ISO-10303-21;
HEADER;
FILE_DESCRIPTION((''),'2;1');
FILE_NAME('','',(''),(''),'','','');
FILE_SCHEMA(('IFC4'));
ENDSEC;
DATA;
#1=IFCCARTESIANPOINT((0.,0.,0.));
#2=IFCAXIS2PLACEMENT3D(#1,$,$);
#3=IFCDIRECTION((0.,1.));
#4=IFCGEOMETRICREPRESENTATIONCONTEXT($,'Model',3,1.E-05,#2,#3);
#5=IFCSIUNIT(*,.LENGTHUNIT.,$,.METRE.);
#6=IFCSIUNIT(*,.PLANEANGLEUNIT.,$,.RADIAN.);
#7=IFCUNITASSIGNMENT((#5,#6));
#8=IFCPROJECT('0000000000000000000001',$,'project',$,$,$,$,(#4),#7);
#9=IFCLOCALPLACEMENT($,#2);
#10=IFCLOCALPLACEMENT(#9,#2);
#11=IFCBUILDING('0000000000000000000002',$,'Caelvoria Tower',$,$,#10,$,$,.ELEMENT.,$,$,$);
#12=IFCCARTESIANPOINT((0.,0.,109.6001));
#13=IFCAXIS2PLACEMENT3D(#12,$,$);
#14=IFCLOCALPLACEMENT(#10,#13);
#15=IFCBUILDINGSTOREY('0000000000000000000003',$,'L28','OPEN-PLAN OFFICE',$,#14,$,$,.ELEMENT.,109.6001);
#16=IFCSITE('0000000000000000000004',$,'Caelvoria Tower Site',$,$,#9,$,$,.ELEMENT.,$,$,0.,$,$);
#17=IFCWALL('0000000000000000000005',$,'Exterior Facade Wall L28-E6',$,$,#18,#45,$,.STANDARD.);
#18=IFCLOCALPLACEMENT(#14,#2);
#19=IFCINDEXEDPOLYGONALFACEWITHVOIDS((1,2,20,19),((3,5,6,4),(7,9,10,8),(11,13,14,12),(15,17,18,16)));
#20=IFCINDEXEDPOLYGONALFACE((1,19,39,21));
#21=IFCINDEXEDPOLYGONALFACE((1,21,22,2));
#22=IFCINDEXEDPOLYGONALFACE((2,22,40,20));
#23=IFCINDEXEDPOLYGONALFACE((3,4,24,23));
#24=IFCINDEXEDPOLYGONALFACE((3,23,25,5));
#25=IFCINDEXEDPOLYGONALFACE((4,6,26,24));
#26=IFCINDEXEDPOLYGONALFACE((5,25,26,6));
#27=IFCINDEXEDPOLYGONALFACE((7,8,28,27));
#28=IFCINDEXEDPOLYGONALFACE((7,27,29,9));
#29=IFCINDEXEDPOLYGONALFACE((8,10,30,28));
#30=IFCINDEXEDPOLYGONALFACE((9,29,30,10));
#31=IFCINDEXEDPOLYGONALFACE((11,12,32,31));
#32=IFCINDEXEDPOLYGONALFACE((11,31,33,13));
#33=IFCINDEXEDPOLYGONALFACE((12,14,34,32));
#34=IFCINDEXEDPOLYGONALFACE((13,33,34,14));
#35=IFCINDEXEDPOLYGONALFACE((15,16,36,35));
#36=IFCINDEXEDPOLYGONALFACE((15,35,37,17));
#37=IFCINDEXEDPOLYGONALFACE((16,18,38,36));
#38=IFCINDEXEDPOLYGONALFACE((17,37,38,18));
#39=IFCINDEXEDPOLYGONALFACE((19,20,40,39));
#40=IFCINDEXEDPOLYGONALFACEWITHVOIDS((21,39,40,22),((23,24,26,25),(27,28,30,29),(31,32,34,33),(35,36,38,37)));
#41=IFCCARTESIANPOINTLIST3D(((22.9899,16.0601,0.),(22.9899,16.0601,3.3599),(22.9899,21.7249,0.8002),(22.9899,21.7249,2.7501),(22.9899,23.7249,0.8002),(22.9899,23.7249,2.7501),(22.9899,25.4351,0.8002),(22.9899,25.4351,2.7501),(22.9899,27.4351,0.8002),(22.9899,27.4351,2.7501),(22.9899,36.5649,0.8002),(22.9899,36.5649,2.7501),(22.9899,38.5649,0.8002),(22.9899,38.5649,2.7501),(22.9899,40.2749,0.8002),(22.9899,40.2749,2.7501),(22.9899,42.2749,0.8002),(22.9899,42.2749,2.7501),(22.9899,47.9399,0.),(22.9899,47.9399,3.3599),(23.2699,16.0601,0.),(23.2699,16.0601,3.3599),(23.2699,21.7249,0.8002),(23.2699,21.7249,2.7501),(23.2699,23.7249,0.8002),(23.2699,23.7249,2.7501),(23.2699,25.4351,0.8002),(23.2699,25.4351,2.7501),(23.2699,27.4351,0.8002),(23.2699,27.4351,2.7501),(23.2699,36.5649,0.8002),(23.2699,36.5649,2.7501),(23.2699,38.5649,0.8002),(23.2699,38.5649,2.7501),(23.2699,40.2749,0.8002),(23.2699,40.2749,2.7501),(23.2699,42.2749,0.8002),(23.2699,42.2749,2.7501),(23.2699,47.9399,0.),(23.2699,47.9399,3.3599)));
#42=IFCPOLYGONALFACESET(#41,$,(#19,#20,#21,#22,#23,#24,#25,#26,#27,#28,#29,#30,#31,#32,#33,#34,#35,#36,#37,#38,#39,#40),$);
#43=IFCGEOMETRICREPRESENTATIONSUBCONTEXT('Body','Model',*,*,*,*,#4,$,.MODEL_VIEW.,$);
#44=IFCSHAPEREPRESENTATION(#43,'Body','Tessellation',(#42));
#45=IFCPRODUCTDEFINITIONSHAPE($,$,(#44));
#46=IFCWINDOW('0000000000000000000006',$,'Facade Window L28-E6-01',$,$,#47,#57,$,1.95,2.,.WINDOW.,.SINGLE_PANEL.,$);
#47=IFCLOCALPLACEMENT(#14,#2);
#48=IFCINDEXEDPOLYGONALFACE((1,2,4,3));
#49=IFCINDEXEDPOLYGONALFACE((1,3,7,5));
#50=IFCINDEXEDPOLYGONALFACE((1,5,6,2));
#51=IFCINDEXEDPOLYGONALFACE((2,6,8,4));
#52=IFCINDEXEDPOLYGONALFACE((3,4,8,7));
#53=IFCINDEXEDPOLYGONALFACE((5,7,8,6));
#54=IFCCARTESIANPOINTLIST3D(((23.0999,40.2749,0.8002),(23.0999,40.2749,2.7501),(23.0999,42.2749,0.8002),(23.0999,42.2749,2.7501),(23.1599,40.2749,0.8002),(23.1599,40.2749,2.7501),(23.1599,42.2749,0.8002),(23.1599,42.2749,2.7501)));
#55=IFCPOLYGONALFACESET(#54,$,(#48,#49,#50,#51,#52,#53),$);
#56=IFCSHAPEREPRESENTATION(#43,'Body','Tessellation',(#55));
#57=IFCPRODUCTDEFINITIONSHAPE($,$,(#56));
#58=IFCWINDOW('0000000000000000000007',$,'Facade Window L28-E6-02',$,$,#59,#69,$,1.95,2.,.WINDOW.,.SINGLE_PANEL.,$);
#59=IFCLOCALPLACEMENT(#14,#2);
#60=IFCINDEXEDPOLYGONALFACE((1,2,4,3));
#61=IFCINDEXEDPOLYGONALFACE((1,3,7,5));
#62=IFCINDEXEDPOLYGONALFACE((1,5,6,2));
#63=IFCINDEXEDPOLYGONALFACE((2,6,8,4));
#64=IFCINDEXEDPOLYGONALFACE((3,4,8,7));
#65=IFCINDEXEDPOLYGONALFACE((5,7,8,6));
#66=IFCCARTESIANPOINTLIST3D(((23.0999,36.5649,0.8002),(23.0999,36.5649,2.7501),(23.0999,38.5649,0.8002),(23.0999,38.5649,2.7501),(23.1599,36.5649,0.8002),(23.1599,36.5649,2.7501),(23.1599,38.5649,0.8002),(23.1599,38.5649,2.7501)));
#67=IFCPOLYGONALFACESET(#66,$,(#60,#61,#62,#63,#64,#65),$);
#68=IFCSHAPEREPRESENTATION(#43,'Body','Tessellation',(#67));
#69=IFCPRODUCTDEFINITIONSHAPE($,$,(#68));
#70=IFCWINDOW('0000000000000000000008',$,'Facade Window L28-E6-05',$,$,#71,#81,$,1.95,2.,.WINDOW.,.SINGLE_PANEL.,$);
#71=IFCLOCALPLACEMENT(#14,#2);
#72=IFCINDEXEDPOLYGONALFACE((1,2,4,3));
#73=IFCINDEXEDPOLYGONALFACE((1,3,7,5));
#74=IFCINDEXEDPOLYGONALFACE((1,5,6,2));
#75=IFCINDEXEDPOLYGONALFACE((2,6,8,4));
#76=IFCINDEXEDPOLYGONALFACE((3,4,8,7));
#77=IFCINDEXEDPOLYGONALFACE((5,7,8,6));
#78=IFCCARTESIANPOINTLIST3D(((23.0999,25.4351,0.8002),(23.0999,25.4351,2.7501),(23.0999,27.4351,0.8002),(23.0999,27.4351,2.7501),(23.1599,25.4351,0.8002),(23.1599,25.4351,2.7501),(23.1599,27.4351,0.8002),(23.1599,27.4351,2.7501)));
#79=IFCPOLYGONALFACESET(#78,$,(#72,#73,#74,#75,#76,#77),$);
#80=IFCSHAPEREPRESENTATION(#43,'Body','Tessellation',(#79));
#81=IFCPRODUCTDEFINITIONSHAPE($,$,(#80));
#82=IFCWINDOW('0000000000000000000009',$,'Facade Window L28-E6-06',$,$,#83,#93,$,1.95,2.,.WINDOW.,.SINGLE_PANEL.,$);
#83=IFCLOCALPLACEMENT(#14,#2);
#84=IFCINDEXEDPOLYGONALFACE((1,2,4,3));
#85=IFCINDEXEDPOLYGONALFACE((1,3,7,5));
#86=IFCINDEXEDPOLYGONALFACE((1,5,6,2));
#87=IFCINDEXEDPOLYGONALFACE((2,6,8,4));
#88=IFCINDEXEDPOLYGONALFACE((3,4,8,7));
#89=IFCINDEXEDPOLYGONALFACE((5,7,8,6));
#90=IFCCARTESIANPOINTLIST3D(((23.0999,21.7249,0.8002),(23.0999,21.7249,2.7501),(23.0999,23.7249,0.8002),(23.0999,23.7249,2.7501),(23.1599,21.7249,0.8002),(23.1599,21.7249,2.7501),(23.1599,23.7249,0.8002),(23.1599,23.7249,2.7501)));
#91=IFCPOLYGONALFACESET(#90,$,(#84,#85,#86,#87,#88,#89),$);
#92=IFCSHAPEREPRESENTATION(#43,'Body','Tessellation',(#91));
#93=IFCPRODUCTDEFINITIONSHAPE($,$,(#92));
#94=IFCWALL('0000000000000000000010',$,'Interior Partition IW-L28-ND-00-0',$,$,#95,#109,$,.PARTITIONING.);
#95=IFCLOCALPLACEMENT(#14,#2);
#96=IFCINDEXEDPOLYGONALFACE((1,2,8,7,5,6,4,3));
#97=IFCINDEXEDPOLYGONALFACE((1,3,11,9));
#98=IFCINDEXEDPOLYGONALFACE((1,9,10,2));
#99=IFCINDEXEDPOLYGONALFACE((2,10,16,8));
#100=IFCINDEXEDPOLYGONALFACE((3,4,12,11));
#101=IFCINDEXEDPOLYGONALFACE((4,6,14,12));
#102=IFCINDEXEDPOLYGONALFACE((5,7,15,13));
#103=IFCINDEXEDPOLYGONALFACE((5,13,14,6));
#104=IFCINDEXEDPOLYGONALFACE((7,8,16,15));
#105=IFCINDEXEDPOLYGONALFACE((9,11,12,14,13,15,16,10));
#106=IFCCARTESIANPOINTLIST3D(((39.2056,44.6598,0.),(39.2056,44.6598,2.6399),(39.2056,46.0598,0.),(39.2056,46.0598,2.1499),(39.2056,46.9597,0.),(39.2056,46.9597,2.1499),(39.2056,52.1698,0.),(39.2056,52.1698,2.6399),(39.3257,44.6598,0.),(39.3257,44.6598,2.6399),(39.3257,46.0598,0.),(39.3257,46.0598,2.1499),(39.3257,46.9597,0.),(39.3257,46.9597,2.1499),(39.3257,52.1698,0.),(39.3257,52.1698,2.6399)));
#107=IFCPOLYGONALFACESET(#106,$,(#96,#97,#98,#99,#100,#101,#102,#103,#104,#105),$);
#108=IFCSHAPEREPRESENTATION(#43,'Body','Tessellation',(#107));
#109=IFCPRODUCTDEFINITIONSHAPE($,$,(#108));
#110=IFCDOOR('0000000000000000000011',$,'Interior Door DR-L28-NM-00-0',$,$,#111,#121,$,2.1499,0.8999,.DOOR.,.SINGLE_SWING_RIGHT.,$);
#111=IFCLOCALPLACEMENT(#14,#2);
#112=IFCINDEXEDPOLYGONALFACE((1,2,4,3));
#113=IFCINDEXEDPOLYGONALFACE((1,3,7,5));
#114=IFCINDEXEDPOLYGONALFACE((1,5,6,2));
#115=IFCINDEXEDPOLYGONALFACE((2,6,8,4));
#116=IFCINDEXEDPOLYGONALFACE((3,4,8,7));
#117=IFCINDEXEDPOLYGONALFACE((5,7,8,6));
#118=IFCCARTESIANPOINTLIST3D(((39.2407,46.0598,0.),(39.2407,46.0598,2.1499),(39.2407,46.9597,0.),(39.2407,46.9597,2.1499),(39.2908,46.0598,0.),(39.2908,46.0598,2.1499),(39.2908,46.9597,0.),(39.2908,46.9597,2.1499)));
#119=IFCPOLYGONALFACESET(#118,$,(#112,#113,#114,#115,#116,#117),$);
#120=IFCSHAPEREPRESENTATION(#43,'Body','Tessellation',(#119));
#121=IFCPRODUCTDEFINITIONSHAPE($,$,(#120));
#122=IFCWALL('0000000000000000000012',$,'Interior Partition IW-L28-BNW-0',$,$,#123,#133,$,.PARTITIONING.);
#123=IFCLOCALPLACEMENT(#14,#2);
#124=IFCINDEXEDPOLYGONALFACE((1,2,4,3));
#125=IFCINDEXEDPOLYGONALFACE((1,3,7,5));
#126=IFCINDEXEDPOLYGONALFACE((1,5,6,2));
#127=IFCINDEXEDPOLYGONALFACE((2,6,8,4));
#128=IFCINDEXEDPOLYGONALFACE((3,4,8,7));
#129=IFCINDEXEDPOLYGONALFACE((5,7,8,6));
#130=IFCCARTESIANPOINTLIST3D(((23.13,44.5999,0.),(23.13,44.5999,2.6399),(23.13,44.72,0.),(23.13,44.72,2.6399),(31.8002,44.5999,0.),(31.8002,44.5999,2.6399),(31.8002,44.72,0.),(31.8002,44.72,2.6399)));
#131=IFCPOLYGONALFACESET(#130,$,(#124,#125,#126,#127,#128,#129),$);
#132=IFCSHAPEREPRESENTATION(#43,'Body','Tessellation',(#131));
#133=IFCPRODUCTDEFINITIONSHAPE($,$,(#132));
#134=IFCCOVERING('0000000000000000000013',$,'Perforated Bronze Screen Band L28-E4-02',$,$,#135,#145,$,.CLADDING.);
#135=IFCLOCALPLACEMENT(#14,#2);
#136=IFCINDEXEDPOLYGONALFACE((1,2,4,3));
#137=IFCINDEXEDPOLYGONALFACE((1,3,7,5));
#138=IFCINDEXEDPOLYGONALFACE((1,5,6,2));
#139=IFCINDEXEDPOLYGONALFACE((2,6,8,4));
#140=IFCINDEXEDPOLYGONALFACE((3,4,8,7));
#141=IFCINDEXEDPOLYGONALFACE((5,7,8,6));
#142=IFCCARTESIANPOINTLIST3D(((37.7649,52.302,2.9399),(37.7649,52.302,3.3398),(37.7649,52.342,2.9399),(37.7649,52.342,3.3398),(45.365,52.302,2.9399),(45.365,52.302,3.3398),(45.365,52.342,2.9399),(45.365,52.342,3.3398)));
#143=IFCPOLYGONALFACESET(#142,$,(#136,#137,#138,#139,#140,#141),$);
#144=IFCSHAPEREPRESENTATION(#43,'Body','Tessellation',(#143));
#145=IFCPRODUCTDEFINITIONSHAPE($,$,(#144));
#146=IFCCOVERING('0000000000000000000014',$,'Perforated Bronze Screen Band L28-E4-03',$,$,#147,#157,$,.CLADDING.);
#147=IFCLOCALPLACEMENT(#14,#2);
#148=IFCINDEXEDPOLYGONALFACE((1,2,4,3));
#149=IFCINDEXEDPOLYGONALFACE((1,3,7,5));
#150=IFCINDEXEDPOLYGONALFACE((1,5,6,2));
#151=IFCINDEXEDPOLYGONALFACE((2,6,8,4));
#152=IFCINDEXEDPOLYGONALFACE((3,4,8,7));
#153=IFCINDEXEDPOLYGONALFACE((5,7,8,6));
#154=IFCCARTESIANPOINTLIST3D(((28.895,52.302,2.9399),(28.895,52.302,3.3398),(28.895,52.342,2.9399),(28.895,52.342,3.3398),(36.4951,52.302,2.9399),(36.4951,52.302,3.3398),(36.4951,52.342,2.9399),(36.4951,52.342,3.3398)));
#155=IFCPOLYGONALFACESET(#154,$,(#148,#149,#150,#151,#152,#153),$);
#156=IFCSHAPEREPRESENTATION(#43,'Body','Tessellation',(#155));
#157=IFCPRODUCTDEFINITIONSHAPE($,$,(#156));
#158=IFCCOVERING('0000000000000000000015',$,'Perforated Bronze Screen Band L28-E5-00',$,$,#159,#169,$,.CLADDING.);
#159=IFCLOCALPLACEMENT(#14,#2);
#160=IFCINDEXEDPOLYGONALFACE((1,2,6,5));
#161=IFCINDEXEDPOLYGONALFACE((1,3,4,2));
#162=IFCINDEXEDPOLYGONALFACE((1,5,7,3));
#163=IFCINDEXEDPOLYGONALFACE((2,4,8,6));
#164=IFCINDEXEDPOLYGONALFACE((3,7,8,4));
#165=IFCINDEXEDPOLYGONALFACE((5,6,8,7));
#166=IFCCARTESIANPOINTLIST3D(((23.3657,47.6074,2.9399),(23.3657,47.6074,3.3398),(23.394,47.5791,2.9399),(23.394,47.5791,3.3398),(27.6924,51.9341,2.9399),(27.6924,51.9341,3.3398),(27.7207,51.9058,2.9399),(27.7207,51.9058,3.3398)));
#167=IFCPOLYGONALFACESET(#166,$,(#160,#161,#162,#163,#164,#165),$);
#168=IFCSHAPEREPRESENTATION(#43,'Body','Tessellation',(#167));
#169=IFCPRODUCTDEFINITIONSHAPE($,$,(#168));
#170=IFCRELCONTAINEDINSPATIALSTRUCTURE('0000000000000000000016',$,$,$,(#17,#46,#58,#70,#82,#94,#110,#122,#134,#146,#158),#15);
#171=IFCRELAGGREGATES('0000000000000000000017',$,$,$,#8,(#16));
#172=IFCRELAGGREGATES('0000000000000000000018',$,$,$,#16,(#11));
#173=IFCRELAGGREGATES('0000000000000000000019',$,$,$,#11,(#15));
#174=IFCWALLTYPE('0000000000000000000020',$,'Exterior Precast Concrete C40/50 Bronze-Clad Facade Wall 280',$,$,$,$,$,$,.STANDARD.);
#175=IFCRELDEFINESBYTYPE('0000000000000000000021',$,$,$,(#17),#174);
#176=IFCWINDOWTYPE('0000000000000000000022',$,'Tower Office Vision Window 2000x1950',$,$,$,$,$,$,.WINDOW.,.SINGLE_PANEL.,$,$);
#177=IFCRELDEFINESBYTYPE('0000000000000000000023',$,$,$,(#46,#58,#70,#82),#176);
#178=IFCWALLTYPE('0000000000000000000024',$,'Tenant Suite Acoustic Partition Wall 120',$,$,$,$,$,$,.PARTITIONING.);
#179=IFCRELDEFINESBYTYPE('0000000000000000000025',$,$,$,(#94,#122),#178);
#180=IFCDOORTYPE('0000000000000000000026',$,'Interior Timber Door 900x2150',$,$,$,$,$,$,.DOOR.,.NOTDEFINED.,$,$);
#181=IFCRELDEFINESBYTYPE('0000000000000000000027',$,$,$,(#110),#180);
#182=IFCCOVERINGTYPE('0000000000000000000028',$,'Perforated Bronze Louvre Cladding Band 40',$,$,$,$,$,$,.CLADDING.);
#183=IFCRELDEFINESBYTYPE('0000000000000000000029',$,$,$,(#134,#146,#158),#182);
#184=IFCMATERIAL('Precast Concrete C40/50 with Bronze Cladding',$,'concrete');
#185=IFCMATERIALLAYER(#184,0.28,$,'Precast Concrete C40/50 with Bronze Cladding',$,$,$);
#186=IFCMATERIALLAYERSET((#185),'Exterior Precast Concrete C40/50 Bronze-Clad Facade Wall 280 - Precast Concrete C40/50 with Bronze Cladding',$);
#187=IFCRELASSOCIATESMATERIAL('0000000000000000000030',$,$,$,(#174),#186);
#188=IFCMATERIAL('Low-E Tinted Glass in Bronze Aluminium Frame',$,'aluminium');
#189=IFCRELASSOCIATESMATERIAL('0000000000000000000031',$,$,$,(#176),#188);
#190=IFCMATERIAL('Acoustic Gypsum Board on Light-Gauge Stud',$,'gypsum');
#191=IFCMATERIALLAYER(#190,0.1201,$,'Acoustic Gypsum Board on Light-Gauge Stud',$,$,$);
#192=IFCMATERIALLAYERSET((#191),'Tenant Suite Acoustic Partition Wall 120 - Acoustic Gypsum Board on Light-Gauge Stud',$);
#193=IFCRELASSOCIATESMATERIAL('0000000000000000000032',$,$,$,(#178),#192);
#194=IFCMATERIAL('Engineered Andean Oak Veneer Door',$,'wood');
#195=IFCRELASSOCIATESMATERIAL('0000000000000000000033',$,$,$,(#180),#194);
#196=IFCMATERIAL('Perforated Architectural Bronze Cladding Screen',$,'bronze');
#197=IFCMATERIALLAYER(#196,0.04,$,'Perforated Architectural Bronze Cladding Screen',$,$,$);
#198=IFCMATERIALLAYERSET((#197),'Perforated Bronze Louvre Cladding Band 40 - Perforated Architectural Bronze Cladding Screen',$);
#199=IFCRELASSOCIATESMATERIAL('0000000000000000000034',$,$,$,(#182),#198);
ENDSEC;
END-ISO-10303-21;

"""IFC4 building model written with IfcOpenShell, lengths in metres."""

from ifc_helpers import new_model, si_unit, direction, frame, frame_2d, origin, origin_2d, place, context, subcontext, project, spatial, rectangle, extrude, material, layer, layer_set, type_object, element, fill, save


model = new_model("IFC4")

# Units and contexts
model_context = context("Model", 3, precision=1e-05, world=origin(), true_north=direction((0.0, 1.0)))
body_context = subcontext(model_context, "Body", "Model", "MODEL_VIEW")
ifc_project = project(units=[si_unit("LENGTHUNIT", "METRE"), si_unit("PLANEANGLEUNIT", "RADIAN")], contexts=[model_context])

# Site, building, storey
site_placement = place(None, origin())
site = spatial("IfcSite", under=ifc_project, at=site_placement, Name="Caelvoria Tower Site", CompositionType="ELEMENT", RefElevation=0.0)
building_placement = place(site_placement, origin())
building = spatial("IfcBuilding", under=site, at=building_placement, Name="Caelvoria Tower", CompositionType="ELEMENT")
storey_placement = place(building_placement, frame((0.0, 0.0, 109.6001)))
storey = spatial("IfcBuildingStorey", under=building, at=storey_placement, Name="L28", Description="OPEN-PLAN OFFICE", CompositionType="ELEMENT", Elevation=109.6001)

# Shared definitions
ifc_material_1 = material(Name="Precast Concrete C40/50 with Bronze Cladding", Category="concrete")
ifc_layer_1 = layer(ifc_material_1, 0.28, Name="Precast Concrete C40/50 with Bronze Cladding")
ifc_layer_set_1 = layer_set([ifc_layer_1], Name="Exterior Precast Concrete C40/50 Bronze-Clad Facade Wall 280 - Precast Concrete C40/50 with Bronze Cladding")
wall_type_1 = type_object("IfcWallType", Name="Exterior Precast Concrete C40/50 Bronze-Clad Facade Wall 280", PredefinedType="STANDARD", material=ifc_layer_set_1)

# Wall, openings, windows
wall_1_placement = place(storey_placement, frame((23.1299, 47.9399, 0.0), z_axis=(0.0, 0.0, 1.0), x_axis=(0.0, -1.0, 0.0)))
wall_1 = element("IfcWall", 1, at=wall_1_placement, inside=storey, type_object=wall_type_1, Name="Exterior Facade Wall L28-E6", PredefinedType="STANDARD", context=body_context, shape_type="SweptSolid", body=[
    extrude(rectangle(XDim=31.8799, YDim=0.28, at=frame_2d((15.9399, 0.0))), origin(), (0.0, 0.0, 1.0), 3.3599),
])
opening_1_placement = place(wall_1_placement, frame((5.665, 0.0, 0.8)))
opening_1 = element("IfcOpeningElement", 2, at=opening_1_placement, cuts=wall_1, PredefinedType="OPENING", context=body_context, shape_type="SweptSolid", body=[
    extrude(rectangle(XDim=2.0, YDim=1.95, at=frame_2d((1.0, 0.9751))), frame((0.0, 0.1499, 0.0), z_axis=(0.0, -1.0, 0.0), x_axis=(1.0, 0.0, 0.0)), (0.0, 0.0, 1.0), 0.3),
])
opening_2_placement = place(wall_1_placement, frame((9.375, 0.0, 0.8)))
opening_2 = element("IfcOpeningElement", 3, at=opening_2_placement, cuts=wall_1, PredefinedType="OPENING", context=body_context, shape_type="SweptSolid", body=[
    extrude(rectangle(XDim=2.0, YDim=1.95, at=frame_2d((1.0, 0.9751))), frame((0.0, 0.1499, 0.0), z_axis=(0.0, -1.0, 0.0), x_axis=(1.0, 0.0, 0.0)), (0.0, 0.0, 1.0), 0.3),
])
opening_3_placement = place(wall_1_placement, frame((20.5049, 0.0, 0.8)))
opening_3 = element("IfcOpeningElement", 4, at=opening_3_placement, cuts=wall_1, PredefinedType="OPENING", context=body_context, shape_type="SweptSolid", body=[
    extrude(rectangle(XDim=2.0, YDim=1.95, at=frame_2d((1.0, 0.9751))), frame((0.0, 0.1499, 0.0), z_axis=(0.0, -1.0, 0.0), x_axis=(1.0, 0.0, 0.0)), (0.0, 0.0, 1.0), 0.3),
])
opening_4_placement = place(wall_1_placement, frame((24.2151, 0.0, 0.8)))
opening_4 = element("IfcOpeningElement", 5, at=opening_4_placement, cuts=wall_1, PredefinedType="OPENING", context=body_context, shape_type="SweptSolid", body=[
    extrude(rectangle(XDim=2.0, YDim=1.95, at=frame_2d((1.0, 0.9751))), frame((0.0, 0.1499, 0.0), z_axis=(0.0, -1.0, 0.0), x_axis=(1.0, 0.0, 0.0)), (0.0, 0.0, 1.0), 0.3),
])
ifc_material_2 = material(Name="Low-E Tinted Glass in Bronze Aluminium Frame", Category="aluminium")
window_type = type_object("IfcWindowType", Name="Tower Office Vision Window 2000x1950", PartitioningType="SINGLE_PANEL", PredefinedType="WINDOW", material=ifc_material_2)
window_1_placement = place(opening_1_placement, origin())
window_1 = element("IfcWindow", 6, at=window_1_placement, inside=storey, type_object=window_type, Name="Facade Window L28-E6-01", OverallHeight=1.95, OverallWidth=2.0, PartitioningType="SINGLE_PANEL", PredefinedType="WINDOW", context=body_context, shape_type="SweptSolid", body=[
    extrude(rectangle(XDim=2.0, YDim=1.95, at=frame_2d((1.0, 0.9751))), frame((0.0, 0.03, 0.0), z_axis=(0.0, -1.0, 0.0), x_axis=(1.0, 0.0, 0.0)), (0.0, 0.0, 1.0), 0.0601),
])
fill(opening_1, window_1)
window_2_placement = place(opening_2_placement, origin())
window_2 = element("IfcWindow", 7, at=window_2_placement, inside=storey, type_object=window_type, Name="Facade Window L28-E6-02", OverallHeight=1.95, OverallWidth=2.0, PartitioningType="SINGLE_PANEL", PredefinedType="WINDOW", context=body_context, shape_type="SweptSolid", body=[
    extrude(rectangle(XDim=2.0, YDim=1.95, at=frame_2d((1.0, 0.9751))), frame((0.0, 0.03, 0.0), z_axis=(0.0, -1.0, 0.0), x_axis=(1.0, 0.0, 0.0)), (0.0, 0.0, 1.0), 0.0601),
])
fill(opening_2, window_2)
window_3_placement = place(opening_3_placement, origin())
window_3 = element("IfcWindow", 8, at=window_3_placement, inside=storey, type_object=window_type, Name="Facade Window L28-E6-05", OverallHeight=1.95, OverallWidth=2.0, PartitioningType="SINGLE_PANEL", PredefinedType="WINDOW", context=body_context, shape_type="SweptSolid", body=[
    extrude(rectangle(XDim=2.0, YDim=1.95, at=frame_2d((1.0, 0.9751))), frame((0.0, 0.03, 0.0), z_axis=(0.0, -1.0, 0.0), x_axis=(1.0, 0.0, 0.0)), (0.0, 0.0, 1.0), 0.0601),
])
fill(opening_3, window_3)
window_4_placement = place(opening_4_placement, origin())
window_4 = element("IfcWindow", 9, at=window_4_placement, inside=storey, type_object=window_type, Name="Facade Window L28-E6-06", OverallHeight=1.95, OverallWidth=2.0, PartitioningType="SINGLE_PANEL", PredefinedType="WINDOW", context=body_context, shape_type="SweptSolid", body=[
    extrude(rectangle(XDim=2.0, YDim=1.95, at=frame_2d((1.0, 0.9751))), frame((0.0, 0.03, 0.0), z_axis=(0.0, -1.0, 0.0), x_axis=(1.0, 0.0, 0.0)), (0.0, 0.0, 1.0), 0.0601),
])
fill(opening_4, window_4)

# Wall, opening, door
ifc_material_3 = material(Name="Acoustic Gypsum Board on Light-Gauge Stud", Category="gypsum")
ifc_layer_2 = layer(ifc_material_3, 0.1201, Name="Acoustic Gypsum Board on Light-Gauge Stud")
ifc_layer_set_2 = layer_set([ifc_layer_2], Name="Tenant Suite Acoustic Partition Wall 120 - Acoustic Gypsum Board on Light-Gauge Stud")
wall_type_2 = type_object("IfcWallType", Name="Tenant Suite Acoustic Partition Wall 120", PredefinedType="PARTITIONING", material=ifc_layer_set_2)
wall_2_placement = place(storey_placement, frame((39.2656, 44.6599, 0.0), z_axis=(0.0, 0.0, 1.0), x_axis=(0.0, 1.0, 0.0)))
wall_2 = element("IfcWall", 10, at=wall_2_placement, inside=storey, type_object=wall_type_2, Name="Interior Partition IW-L28-ND-00-0", PredefinedType="PARTITIONING", context=body_context, shape_type="SweptSolid", body=[
    extrude(rectangle(XDim=7.51, YDim=0.1201, at=frame_2d((3.7549, 0.0))), origin(), (0.0, 0.0, 1.0), 2.6399),
])
opening_5_placement = place(wall_2_placement, frame((1.3999, 0.0, 0.0)))
opening_5 = element("IfcOpeningElement", 11, at=opening_5_placement, cuts=wall_2, PredefinedType="OPENING", context=body_context, shape_type="SweptSolid", body=[
    extrude(rectangle(XDim=0.8999, YDim=2.1499, at=frame_2d((0.45, 1.075))), frame((0.0, 0.0701, 0.0), z_axis=(0.0, -1.0, 0.0), x_axis=(1.0, 0.0, 0.0)), (0.0, 0.0, 1.0), 0.1401),
])
ifc_material_4 = material(Name="Engineered Andean Oak Veneer Door", Category="wood")
door_type = type_object("IfcDoorType", Name="Interior Timber Door 900x2150", OperationType="NOTDEFINED", PredefinedType="DOOR", material=ifc_material_4)
door_placement = place(opening_5_placement, origin())
door = element("IfcDoor", 12, at=door_placement, inside=storey, type_object=door_type, Name="Interior Door DR-L28-NM-00-0", OperationType="SINGLE_SWING_RIGHT", OverallHeight=2.1499, OverallWidth=0.8999, PredefinedType="DOOR", context=body_context, shape_type="SweptSolid", body=[
    extrude(rectangle(XDim=0.8999, YDim=2.1499, at=frame_2d((0.45, 1.075))), frame((0.0, 0.0249, 0.0), z_axis=(0.0, -1.0, 0.0), x_axis=(1.0, 0.0, 0.0)), (0.0, 0.0, 1.0), 0.05),
])
fill(opening_5, door)

# Wall
wall_3_placement = place(storey_placement, frame((31.8, 44.6599, 0.0), z_axis=(0.0, 0.0, 1.0), x_axis=(-1.0, 0.0, 0.0)))
element("IfcWall", 13, at=wall_3_placement, inside=storey, type_object=wall_type_2, Name="Interior Partition IW-L28-BNW-0", PredefinedType="PARTITIONING", context=body_context, shape_type="SweptSolid", body=[
    extrude(rectangle(XDim=8.6702, YDim=0.1201, at=frame_2d((4.335, 0.0))), origin(), (0.0, 0.0, 1.0), 2.6399),
])

# Coverings
ifc_material_5 = material(Name="Perforated Architectural Bronze Cladding Screen", Category="bronze")
ifc_layer_3 = layer(ifc_material_5, 0.04, Name="Perforated Architectural Bronze Cladding Screen")
ifc_layer_set_3 = layer_set([ifc_layer_3], Name="Perforated Bronze Louvre Cladding Band 40 - Perforated Architectural Bronze Cladding Screen")
covering_type = type_object("IfcCoveringType", Name="Perforated Bronze Louvre Cladding Band 40", PredefinedType="CLADDING", material=ifc_layer_set_3)
for number, where, z_axis, x_axis, name in (
    (14, (41.5649, 52.322, 2.9399), (0.0, 0.0, 1.0), (-1.0, 0.0, 0.0), "Perforated Bronze Screen Band L28-E4-02"),
    (15, (32.6951, 52.322, 2.9399), (0.0, 0.0, 1.0), (-1.0, 0.0, 0.0), "Perforated Bronze Screen Band L28-E4-03"),
):
    element("IfcCovering", number, at=place(storey_placement, frame(where, z_axis=z_axis, x_axis=x_axis)), inside=storey, type_object=covering_type, Name=name, PredefinedType="CLADDING", context=body_context, shape_type="SweptSolid", body=[
        extrude(rectangle(XDim=7.6001, YDim=0.04, at=origin_2d()), origin(), (0.0, 0.0, 1.0), 0.3999),
    ])
covering_placement = place(storey_placement, frame((25.5432, 49.7566, 2.9399), z_axis=(0.0, 0.0, 1.0), x_axis=(-0.707107, -0.707107, 0.0)))
element("IfcCovering", 16, at=covering_placement, inside=storey, type_object=covering_type, Name="Perforated Bronze Screen Band L28-E5-00", PredefinedType="CLADDING", context=body_context, shape_type="SweptSolid", body=[
    extrude(rectangle(XDim=6.1189, YDim=0.04, at=origin_2d()), origin(), (0.0, 0.0, 1.0), 0.3999),
])

save(model, "model.ifc")
